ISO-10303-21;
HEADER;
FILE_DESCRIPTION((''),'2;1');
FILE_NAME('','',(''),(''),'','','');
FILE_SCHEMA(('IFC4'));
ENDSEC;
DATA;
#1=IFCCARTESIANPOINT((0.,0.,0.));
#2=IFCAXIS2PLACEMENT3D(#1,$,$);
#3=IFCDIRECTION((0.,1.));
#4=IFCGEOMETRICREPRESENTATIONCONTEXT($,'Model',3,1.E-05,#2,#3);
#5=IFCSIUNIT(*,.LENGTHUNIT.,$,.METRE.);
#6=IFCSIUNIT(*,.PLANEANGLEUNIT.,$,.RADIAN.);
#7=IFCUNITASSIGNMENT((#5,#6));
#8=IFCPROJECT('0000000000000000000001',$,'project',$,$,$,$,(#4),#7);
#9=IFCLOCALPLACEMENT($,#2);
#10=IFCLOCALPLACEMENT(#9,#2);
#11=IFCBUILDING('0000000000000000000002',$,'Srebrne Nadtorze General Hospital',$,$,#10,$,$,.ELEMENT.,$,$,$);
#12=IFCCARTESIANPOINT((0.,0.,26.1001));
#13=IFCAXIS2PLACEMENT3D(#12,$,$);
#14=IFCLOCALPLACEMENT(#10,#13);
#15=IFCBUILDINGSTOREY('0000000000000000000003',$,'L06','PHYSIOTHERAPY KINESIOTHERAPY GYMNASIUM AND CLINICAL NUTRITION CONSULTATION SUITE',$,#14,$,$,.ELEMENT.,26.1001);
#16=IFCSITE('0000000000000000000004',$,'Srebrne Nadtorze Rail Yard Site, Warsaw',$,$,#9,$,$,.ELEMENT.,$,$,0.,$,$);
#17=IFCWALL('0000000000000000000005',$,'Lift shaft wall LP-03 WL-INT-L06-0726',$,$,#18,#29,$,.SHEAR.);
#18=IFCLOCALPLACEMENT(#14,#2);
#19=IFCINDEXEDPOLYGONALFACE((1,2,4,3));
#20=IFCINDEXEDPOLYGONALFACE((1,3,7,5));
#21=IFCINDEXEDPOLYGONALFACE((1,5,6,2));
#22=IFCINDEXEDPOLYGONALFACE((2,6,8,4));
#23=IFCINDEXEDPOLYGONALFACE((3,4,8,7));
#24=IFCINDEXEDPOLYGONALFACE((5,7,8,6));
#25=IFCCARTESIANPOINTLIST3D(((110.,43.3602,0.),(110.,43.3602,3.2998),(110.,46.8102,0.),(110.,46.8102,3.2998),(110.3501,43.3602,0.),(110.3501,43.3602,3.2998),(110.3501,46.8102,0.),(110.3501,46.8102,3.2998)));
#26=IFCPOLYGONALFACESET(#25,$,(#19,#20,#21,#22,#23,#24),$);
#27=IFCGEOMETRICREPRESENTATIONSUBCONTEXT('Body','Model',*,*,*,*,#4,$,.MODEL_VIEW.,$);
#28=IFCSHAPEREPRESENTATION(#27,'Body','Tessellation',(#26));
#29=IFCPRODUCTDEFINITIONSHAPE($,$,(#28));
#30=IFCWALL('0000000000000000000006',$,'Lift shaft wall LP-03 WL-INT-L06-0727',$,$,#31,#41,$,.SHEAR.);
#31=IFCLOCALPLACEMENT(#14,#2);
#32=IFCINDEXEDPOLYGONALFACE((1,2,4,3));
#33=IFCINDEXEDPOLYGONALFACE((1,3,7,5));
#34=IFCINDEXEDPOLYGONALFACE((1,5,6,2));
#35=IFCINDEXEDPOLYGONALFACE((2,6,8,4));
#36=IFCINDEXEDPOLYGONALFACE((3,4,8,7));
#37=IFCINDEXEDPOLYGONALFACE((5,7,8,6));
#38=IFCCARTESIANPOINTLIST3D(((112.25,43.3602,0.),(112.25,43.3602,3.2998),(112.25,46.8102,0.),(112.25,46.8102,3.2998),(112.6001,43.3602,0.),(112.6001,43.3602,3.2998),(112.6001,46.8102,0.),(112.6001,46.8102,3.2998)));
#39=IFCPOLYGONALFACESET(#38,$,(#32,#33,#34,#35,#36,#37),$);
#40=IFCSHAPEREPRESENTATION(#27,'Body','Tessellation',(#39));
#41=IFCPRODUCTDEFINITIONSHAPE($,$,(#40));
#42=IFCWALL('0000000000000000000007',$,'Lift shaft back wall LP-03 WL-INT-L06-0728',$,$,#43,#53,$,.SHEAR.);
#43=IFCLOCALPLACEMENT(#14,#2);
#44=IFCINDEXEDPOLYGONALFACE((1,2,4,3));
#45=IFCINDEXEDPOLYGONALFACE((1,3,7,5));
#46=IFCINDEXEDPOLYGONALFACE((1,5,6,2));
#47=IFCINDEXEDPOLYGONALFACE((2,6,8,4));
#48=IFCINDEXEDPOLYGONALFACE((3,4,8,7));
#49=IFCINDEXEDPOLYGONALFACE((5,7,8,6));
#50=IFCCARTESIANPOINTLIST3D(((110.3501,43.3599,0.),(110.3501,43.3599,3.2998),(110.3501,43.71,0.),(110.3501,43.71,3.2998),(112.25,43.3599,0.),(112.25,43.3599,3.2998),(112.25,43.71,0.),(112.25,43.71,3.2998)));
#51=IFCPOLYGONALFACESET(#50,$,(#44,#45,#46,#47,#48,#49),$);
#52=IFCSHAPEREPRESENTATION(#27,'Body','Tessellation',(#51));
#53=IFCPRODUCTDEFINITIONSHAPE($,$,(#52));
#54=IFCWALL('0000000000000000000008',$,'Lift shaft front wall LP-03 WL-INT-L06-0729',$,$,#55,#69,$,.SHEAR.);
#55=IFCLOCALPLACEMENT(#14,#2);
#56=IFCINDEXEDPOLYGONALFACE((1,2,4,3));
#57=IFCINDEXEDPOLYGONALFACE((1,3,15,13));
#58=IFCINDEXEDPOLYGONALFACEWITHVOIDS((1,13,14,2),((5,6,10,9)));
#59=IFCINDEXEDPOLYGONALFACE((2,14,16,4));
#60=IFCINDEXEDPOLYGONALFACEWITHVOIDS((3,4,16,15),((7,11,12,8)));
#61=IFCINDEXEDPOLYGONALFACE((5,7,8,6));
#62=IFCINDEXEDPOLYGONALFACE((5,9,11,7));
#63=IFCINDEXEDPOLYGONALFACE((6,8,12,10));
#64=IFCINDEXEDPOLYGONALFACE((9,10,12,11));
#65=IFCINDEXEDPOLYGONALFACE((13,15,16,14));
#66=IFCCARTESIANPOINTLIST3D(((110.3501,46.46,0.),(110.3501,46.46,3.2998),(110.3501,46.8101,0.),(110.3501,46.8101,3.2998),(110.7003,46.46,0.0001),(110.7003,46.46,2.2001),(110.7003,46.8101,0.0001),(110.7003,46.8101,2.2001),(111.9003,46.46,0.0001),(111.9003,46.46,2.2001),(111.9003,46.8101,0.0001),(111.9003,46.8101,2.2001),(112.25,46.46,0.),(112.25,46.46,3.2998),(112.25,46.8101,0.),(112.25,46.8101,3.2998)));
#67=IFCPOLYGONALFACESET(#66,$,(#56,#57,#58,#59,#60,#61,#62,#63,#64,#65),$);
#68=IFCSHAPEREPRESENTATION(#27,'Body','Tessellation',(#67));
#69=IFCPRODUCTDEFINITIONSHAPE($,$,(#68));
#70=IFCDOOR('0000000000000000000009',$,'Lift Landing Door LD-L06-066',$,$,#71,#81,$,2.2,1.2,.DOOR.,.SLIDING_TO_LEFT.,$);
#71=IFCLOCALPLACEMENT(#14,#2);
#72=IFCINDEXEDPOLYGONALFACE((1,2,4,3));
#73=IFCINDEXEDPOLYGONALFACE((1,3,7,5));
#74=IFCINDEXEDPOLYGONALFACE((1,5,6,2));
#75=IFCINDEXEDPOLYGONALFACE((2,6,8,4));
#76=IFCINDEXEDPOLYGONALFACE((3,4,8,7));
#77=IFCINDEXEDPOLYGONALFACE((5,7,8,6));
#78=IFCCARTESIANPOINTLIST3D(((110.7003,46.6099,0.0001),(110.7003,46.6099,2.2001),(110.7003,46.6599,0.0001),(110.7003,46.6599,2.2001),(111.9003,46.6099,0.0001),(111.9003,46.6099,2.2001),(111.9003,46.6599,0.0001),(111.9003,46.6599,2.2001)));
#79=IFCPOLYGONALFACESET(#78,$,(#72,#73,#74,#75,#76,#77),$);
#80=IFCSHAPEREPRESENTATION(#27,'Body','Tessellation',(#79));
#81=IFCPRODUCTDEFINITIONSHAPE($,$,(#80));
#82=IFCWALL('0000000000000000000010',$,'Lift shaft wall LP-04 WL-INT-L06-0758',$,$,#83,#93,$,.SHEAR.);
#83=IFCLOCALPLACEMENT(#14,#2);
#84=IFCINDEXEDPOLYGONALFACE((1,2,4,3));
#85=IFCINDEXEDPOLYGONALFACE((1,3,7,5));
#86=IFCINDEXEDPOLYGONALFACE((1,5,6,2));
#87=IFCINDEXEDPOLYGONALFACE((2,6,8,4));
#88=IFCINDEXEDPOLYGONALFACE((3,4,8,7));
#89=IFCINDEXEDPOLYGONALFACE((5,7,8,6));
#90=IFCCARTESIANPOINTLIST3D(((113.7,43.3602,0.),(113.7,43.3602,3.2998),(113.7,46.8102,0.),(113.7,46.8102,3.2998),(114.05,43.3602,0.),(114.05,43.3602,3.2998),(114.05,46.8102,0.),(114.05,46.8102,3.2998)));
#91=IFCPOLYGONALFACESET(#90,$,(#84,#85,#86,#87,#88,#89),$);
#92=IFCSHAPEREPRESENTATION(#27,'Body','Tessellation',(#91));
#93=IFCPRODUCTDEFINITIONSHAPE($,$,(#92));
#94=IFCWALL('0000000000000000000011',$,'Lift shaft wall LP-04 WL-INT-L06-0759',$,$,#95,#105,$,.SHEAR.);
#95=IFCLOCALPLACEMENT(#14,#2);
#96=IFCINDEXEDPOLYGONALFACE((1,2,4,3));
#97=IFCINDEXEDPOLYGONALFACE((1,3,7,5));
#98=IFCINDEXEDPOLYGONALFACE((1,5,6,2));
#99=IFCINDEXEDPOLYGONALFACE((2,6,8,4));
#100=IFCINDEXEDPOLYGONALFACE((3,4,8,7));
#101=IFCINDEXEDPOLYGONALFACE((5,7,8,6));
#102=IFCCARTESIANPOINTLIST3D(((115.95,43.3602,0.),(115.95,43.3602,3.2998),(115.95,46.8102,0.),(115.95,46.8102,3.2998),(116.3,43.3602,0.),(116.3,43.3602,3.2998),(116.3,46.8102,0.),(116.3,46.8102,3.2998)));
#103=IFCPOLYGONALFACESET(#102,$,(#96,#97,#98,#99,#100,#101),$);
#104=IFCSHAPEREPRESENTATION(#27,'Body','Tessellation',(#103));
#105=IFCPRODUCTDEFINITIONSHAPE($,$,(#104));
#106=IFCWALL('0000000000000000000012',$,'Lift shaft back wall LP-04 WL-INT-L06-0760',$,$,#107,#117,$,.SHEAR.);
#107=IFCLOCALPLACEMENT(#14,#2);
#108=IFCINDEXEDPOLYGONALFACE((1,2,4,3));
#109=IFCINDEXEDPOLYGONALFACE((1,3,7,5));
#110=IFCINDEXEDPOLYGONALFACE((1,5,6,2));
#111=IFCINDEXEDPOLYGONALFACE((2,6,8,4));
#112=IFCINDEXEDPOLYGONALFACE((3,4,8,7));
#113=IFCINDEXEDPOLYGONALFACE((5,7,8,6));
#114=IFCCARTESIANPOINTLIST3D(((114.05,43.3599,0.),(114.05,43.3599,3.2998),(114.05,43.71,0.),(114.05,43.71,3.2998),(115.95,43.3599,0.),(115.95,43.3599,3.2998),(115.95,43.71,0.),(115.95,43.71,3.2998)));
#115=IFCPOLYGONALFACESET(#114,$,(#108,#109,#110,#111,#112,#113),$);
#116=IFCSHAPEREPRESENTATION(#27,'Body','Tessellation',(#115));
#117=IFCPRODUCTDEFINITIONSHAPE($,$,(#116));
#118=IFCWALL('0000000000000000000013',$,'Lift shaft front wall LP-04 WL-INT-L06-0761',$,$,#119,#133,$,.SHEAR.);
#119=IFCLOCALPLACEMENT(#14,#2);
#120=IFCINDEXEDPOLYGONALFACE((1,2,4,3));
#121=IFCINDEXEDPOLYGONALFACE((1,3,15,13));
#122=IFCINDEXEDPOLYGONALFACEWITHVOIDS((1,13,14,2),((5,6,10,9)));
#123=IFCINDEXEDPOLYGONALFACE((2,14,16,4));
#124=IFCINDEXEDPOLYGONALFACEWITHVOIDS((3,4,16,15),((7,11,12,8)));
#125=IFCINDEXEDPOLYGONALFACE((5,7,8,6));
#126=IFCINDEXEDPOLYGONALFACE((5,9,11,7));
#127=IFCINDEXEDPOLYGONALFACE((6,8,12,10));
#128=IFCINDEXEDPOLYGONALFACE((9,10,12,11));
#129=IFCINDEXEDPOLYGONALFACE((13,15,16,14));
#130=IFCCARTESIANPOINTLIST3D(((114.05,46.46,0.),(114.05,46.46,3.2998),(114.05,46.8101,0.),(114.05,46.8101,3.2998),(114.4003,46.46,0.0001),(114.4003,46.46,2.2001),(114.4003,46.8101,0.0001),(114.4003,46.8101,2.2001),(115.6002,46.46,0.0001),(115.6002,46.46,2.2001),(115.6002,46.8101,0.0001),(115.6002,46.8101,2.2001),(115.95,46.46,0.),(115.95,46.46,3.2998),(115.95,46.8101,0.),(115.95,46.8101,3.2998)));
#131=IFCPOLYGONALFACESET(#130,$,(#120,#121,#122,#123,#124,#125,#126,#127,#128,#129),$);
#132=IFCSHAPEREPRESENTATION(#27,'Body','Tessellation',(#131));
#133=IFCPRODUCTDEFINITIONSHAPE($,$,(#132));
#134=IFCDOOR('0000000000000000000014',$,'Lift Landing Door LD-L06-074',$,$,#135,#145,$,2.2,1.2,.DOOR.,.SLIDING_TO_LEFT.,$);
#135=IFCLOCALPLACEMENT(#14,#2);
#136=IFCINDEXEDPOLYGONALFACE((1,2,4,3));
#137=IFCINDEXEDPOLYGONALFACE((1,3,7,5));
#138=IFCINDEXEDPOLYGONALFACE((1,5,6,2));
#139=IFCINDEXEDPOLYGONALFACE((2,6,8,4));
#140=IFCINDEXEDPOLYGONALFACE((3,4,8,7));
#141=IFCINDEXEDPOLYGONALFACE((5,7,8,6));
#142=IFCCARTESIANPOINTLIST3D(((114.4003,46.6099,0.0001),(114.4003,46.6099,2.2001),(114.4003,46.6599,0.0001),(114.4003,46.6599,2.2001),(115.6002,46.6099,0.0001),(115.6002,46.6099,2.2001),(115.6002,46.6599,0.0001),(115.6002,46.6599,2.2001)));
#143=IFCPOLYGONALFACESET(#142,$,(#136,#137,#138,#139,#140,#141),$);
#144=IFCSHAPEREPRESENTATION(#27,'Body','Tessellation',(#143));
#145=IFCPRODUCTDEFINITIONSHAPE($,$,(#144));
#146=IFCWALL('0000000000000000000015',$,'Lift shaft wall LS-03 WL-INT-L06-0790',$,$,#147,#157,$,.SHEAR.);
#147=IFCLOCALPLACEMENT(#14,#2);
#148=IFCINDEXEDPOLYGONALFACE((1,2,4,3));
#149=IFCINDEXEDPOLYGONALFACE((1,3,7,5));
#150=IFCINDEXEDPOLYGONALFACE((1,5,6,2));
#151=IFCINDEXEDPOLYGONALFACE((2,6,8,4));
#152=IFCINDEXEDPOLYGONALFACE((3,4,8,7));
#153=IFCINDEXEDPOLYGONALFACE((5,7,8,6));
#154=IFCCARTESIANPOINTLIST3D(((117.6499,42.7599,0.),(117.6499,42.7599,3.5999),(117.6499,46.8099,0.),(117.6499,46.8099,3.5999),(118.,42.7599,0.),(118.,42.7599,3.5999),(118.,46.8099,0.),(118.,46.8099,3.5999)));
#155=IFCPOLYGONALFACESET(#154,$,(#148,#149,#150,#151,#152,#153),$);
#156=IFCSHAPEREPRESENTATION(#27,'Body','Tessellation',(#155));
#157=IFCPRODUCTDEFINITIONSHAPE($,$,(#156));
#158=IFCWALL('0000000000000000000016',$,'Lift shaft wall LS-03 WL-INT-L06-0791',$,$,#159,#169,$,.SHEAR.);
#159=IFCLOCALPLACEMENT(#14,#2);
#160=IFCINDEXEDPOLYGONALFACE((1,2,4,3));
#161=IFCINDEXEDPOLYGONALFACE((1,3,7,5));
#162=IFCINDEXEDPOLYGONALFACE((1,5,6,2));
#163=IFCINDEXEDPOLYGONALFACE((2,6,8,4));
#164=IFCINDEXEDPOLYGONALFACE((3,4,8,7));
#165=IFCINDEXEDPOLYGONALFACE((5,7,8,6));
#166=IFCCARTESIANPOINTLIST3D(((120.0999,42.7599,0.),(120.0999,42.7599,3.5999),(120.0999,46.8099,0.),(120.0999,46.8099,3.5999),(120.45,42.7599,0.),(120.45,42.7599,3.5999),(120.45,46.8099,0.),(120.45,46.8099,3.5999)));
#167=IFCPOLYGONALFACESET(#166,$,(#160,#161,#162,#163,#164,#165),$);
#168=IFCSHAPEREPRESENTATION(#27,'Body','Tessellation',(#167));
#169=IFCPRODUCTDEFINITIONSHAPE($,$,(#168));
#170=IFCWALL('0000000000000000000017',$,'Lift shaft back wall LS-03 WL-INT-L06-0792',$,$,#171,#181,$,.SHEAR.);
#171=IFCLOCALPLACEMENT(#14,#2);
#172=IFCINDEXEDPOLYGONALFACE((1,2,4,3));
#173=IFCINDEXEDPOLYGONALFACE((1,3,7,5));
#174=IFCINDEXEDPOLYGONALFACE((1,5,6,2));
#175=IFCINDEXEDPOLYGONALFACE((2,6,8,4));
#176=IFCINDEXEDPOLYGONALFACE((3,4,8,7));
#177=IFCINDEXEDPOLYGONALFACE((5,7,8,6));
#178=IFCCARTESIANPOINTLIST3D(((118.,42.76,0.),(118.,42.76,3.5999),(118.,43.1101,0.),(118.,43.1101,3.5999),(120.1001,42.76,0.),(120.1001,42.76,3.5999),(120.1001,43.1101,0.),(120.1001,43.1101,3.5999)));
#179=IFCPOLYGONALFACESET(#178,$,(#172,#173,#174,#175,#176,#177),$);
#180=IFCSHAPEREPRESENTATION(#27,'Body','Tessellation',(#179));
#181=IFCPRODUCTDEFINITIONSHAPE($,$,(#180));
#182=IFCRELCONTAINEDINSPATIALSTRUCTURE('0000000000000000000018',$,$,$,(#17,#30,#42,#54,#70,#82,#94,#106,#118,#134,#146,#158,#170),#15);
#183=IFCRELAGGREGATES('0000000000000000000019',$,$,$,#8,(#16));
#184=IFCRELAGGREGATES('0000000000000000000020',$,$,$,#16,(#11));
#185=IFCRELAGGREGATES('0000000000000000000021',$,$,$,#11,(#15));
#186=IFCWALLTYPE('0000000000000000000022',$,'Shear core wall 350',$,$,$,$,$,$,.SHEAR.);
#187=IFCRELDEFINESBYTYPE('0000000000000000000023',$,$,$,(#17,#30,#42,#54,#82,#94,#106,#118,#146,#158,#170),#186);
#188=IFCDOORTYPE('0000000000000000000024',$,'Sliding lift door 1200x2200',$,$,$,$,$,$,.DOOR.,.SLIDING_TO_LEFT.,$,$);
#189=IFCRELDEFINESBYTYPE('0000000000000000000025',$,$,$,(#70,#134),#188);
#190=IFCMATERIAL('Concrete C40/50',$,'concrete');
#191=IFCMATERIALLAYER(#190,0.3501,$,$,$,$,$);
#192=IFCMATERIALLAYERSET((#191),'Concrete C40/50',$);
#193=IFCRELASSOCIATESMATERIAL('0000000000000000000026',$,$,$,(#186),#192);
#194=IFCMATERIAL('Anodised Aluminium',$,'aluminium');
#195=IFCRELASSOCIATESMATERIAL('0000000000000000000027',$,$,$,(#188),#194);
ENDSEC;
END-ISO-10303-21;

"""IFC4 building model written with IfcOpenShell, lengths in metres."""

from ifc_helpers import new_model, si_unit, direction, frame, frame_2d, origin, place, context, subcontext, project, spatial, rectangle, extrude, material, layer, layer_set, type_object, element, fill, save


model = new_model("IFC4")

# Units and contexts
model_context = context("Model", 3, precision=1e-05, world=origin(), true_north=direction((0.0, 1.0)))
body_context = subcontext(model_context, "Body", "Model", "MODEL_VIEW")
ifc_project = project(units=[si_unit("LENGTHUNIT", "METRE"), si_unit("PLANEANGLEUNIT", "RADIAN")], contexts=[model_context])

# Site, building, storey
site_placement = place(None, origin())
site = spatial("IfcSite", under=ifc_project, at=site_placement, Name="Srebrne Nadtorze Rail Yard Site, Warsaw", CompositionType="ELEMENT", RefElevation=0.0)
building_placement = place(site_placement, origin())
building = spatial("IfcBuilding", under=site, at=building_placement, Name="Srebrne Nadtorze General Hospital", CompositionType="ELEMENT")
storey_placement = place(building_placement, frame((0.0, 0.0, 26.1001)))
storey = spatial("IfcBuildingStorey", under=building, at=storey_placement, Name="L06", Description="PHYSIOTHERAPY KINESIOTHERAPY GYMNASIUM AND CLINICAL NUTRITION CONSULTATION SUITE", CompositionType="ELEMENT", Elevation=26.1001)

# Walls
ifc_material_1 = material(Name="Concrete C40/50", Category="concrete")
ifc_layer_1 = layer(ifc_material_1, 0.3501)
ifc_layer_set_1 = layer_set([ifc_layer_1], Name="Concrete C40/50")
wall_type_1 = type_object("IfcWallType", Name="Shear core wall 350", PredefinedType="SHEAR", material=ifc_layer_set_1)
for number, where, z_axis, x_axis, name in (
    (1, (110.175, 43.3601, 0.0), (0.0, 0.0, 1.0), (0.0, 1.0, 0.0), "Lift shaft wall LP-03 WL-INT-L06-0726"),
    (2, (112.425, 43.3601, 0.0), (0.0, 0.0, 1.0), (0.0, 1.0, 0.0), "Lift shaft wall LP-03 WL-INT-L06-0727"),
):
    element("IfcWall", number, at=place(storey_placement, frame(where, z_axis=z_axis, x_axis=x_axis)), inside=storey, type_object=wall_type_1, Name=name, PredefinedType="SHEAR", context=body_context, shape_type="SweptSolid", body=[
        extrude(rectangle(XDim=3.45, YDim=0.3501, at=frame_2d((1.7251, 0.0))), origin(), (0.0, 0.0, 1.0), 3.2998),
    ])
wall_1_placement = place(storey_placement, frame((110.3501, 43.5349, 0.0), z_axis=(0.0, 0.0, 1.0), x_axis=(1.0, 0.0, 0.0)))
element("IfcWall", 3, at=wall_1_placement, inside=storey, type_object=wall_type_1, Name="Lift shaft back wall LP-03 WL-INT-L06-0728", PredefinedType="SHEAR", context=body_context, shape_type="SweptSolid", body=[
    extrude(rectangle(XDim=1.8999, YDim=0.3501, at=frame_2d((0.95, 0.0))), origin(), (0.0, 0.0, 1.0), 3.2998),
])

# Wall, opening, door
wall_2_placement = place(storey_placement, frame((110.3501, 46.635, 0.0), z_axis=(0.0, 0.0, 1.0), x_axis=(1.0, 0.0, 0.0)))
wall_2 = element("IfcWall", 4, at=wall_2_placement, inside=storey, type_object=wall_type_1, Name="Lift shaft front wall LP-03 WL-INT-L06-0729", PredefinedType="SHEAR", context=body_context, shape_type="SweptSolid", body=[
    extrude(rectangle(XDim=1.8999, YDim=0.3501, at=frame_2d((0.95, 0.0))), origin(), (0.0, 0.0, 1.0), 3.2998),
])
opening_1_placement = place(wall_2_placement, frame((0.3501, 0.0, 0.0)))
opening_1 = element("IfcOpeningElement", 5, at=opening_1_placement, cuts=wall_2, PredefinedType="OPENING", context=body_context, shape_type="SweptSolid", body=[
    extrude(rectangle(XDim=1.2, YDim=2.2, at=frame_2d((0.6001, 1.1001))), frame((0.0, 0.187, 0.0), z_axis=(0.0, -1.0, 0.0), x_axis=(1.0, 0.0, 0.0)), (0.0, 0.0, 1.0), 0.374),
])
ifc_material_2 = material(Name="Anodised Aluminium", Category="aluminium")
door_type_1 = type_object("IfcDoorType", Name="Sliding lift door 1200x2200", OperationType="SLIDING_TO_LEFT", PredefinedType="DOOR", material=ifc_material_2)
door_1_placement = place(opening_1_placement, origin())
door_1 = element("IfcDoor", 6, at=door_1_placement, inside=storey, type_object=door_type_1, Name="Lift Landing Door LD-L06-066", OperationType="SLIDING_TO_LEFT", OverallHeight=2.2, OverallWidth=1.2, PredefinedType="DOOR", context=body_context, shape_type="SweptSolid", body=[
    extrude(rectangle(XDim=1.2, YDim=2.2, at=frame_2d((0.6001, 1.1001))), frame((0.0, 0.0249, 0.0), z_axis=(0.0, -1.0, 0.0), x_axis=(1.0, 0.0, 0.0)), (0.0, 0.0, 1.0), 0.05),
])
fill(opening_1, door_1)

# Walls
for number, where, z_axis, x_axis, name in (
    (7, (113.875, 43.3601, 0.0), (0.0, 0.0, 1.0), (0.0, 1.0, 0.0), "Lift shaft wall LP-04 WL-INT-L06-0758"),
    (8, (116.125, 43.3601, 0.0), (0.0, 0.0, 1.0), (0.0, 1.0, 0.0), "Lift shaft wall LP-04 WL-INT-L06-0759"),
):
    element("IfcWall", number, at=place(storey_placement, frame(where, z_axis=z_axis, x_axis=x_axis)), inside=storey, type_object=wall_type_1, Name=name, PredefinedType="SHEAR", context=body_context, shape_type="SweptSolid", body=[
        extrude(rectangle(XDim=3.45, YDim=0.3501, at=frame_2d((1.7251, 0.0))), origin(), (0.0, 0.0, 1.0), 3.2998),
    ])
wall_3_placement = place(storey_placement, frame((114.05, 43.5349, 0.0), z_axis=(0.0, 0.0, 1.0), x_axis=(1.0, 0.0, 0.0)))
element("IfcWall", 9, at=wall_3_placement, inside=storey, type_object=wall_type_1, Name="Lift shaft back wall LP-04 WL-INT-L06-0760", PredefinedType="SHEAR", context=body_context, shape_type="SweptSolid", body=[
    extrude(rectangle(XDim=1.8999, YDim=0.3501, at=frame_2d((0.95, 0.0))), origin(), (0.0, 0.0, 1.0), 3.2998),
])

# Wall, opening, door
wall_4_placement = place(storey_placement, frame((114.05, 46.635, 0.0), z_axis=(0.0, 0.0, 1.0), x_axis=(1.0, 0.0, 0.0)))
wall_4 = element("IfcWall", 10, at=wall_4_placement, inside=storey, type_object=wall_type_1, Name="Lift shaft front wall LP-04 WL-INT-L06-0761", PredefinedType="SHEAR", context=body_context, shape_type="SweptSolid", body=[
    extrude(rectangle(XDim=1.8999, YDim=0.3501, at=frame_2d((0.95, 0.0))), origin(), (0.0, 0.0, 1.0), 3.2998),
])
opening_2_placement = place(wall_4_placement, frame((0.3501, 0.0, 0.0)))
opening_2 = element("IfcOpeningElement", 11, at=opening_2_placement, cuts=wall_4, PredefinedType="OPENING", context=body_context, shape_type="SweptSolid", body=[
    extrude(rectangle(XDim=1.2, YDim=2.2, at=frame_2d((0.6001, 1.1001))), frame((0.0, 0.187, 0.0), z_axis=(0.0, -1.0, 0.0), x_axis=(1.0, 0.0, 0.0)), (0.0, 0.0, 1.0), 0.374),
])
door_2_placement = place(opening_2_placement, origin())
door_2 = element("IfcDoor", 12, at=door_2_placement, inside=storey, type_object=door_type_1, Name="Lift Landing Door LD-L06-074", OperationType="SLIDING_TO_LEFT", OverallHeight=2.2, OverallWidth=1.2, PredefinedType="DOOR", context=body_context, shape_type="SweptSolid", body=[
    extrude(rectangle(XDim=1.2, YDim=2.2, at=frame_2d((0.6001, 1.1001))), frame((0.0, 0.0249, 0.0), z_axis=(0.0, -1.0, 0.0), x_axis=(1.0, 0.0, 0.0)), (0.0, 0.0, 1.0), 0.05),
])
fill(opening_2, door_2)

# Walls
for number, where, z_axis, x_axis, name in (
    (13, (117.825, 42.76, 0.0), (0.0, 0.0, 1.0), (0.0, 1.0, 0.0), "Lift shaft wall LS-03 WL-INT-L06-0790"),
    (14, (120.2749, 42.76, 0.0), (0.0, 0.0, 1.0), (0.0, 1.0, 0.0), "Lift shaft wall LS-03 WL-INT-L06-0791"),
):
    element("IfcWall", number, at=place(storey_placement, frame(where, z_axis=z_axis, x_axis=x_axis)), inside=storey, type_object=wall_type_1, Name=name, PredefinedType="SHEAR", context=body_context, shape_type="SweptSolid", body=[
        extrude(rectangle(XDim=4.05, YDim=0.3501, at=frame_2d((2.0249, 0.0))), origin(), (0.0, 0.0, 1.0), 3.5999),
    ])
wall_5_placement = place(storey_placement, frame((118.0, 42.9351, 0.0), z_axis=(0.0, 0.0, 1.0), x_axis=(1.0, 0.0, 0.0)))
element("IfcWall", 15, at=wall_5_placement, inside=storey, type_object=wall_type_1, Name="Lift shaft back wall LS-03 WL-INT-L06-0792", PredefinedType="SHEAR", context=body_context, shape_type="SweptSolid", body=[
    extrude(rectangle(XDim=2.1001, YDim=0.3501, at=frame_2d((1.05, 0.0))), origin(), (0.0, 0.0, 1.0), 3.5999),
])

save(model, "model.ifc")
